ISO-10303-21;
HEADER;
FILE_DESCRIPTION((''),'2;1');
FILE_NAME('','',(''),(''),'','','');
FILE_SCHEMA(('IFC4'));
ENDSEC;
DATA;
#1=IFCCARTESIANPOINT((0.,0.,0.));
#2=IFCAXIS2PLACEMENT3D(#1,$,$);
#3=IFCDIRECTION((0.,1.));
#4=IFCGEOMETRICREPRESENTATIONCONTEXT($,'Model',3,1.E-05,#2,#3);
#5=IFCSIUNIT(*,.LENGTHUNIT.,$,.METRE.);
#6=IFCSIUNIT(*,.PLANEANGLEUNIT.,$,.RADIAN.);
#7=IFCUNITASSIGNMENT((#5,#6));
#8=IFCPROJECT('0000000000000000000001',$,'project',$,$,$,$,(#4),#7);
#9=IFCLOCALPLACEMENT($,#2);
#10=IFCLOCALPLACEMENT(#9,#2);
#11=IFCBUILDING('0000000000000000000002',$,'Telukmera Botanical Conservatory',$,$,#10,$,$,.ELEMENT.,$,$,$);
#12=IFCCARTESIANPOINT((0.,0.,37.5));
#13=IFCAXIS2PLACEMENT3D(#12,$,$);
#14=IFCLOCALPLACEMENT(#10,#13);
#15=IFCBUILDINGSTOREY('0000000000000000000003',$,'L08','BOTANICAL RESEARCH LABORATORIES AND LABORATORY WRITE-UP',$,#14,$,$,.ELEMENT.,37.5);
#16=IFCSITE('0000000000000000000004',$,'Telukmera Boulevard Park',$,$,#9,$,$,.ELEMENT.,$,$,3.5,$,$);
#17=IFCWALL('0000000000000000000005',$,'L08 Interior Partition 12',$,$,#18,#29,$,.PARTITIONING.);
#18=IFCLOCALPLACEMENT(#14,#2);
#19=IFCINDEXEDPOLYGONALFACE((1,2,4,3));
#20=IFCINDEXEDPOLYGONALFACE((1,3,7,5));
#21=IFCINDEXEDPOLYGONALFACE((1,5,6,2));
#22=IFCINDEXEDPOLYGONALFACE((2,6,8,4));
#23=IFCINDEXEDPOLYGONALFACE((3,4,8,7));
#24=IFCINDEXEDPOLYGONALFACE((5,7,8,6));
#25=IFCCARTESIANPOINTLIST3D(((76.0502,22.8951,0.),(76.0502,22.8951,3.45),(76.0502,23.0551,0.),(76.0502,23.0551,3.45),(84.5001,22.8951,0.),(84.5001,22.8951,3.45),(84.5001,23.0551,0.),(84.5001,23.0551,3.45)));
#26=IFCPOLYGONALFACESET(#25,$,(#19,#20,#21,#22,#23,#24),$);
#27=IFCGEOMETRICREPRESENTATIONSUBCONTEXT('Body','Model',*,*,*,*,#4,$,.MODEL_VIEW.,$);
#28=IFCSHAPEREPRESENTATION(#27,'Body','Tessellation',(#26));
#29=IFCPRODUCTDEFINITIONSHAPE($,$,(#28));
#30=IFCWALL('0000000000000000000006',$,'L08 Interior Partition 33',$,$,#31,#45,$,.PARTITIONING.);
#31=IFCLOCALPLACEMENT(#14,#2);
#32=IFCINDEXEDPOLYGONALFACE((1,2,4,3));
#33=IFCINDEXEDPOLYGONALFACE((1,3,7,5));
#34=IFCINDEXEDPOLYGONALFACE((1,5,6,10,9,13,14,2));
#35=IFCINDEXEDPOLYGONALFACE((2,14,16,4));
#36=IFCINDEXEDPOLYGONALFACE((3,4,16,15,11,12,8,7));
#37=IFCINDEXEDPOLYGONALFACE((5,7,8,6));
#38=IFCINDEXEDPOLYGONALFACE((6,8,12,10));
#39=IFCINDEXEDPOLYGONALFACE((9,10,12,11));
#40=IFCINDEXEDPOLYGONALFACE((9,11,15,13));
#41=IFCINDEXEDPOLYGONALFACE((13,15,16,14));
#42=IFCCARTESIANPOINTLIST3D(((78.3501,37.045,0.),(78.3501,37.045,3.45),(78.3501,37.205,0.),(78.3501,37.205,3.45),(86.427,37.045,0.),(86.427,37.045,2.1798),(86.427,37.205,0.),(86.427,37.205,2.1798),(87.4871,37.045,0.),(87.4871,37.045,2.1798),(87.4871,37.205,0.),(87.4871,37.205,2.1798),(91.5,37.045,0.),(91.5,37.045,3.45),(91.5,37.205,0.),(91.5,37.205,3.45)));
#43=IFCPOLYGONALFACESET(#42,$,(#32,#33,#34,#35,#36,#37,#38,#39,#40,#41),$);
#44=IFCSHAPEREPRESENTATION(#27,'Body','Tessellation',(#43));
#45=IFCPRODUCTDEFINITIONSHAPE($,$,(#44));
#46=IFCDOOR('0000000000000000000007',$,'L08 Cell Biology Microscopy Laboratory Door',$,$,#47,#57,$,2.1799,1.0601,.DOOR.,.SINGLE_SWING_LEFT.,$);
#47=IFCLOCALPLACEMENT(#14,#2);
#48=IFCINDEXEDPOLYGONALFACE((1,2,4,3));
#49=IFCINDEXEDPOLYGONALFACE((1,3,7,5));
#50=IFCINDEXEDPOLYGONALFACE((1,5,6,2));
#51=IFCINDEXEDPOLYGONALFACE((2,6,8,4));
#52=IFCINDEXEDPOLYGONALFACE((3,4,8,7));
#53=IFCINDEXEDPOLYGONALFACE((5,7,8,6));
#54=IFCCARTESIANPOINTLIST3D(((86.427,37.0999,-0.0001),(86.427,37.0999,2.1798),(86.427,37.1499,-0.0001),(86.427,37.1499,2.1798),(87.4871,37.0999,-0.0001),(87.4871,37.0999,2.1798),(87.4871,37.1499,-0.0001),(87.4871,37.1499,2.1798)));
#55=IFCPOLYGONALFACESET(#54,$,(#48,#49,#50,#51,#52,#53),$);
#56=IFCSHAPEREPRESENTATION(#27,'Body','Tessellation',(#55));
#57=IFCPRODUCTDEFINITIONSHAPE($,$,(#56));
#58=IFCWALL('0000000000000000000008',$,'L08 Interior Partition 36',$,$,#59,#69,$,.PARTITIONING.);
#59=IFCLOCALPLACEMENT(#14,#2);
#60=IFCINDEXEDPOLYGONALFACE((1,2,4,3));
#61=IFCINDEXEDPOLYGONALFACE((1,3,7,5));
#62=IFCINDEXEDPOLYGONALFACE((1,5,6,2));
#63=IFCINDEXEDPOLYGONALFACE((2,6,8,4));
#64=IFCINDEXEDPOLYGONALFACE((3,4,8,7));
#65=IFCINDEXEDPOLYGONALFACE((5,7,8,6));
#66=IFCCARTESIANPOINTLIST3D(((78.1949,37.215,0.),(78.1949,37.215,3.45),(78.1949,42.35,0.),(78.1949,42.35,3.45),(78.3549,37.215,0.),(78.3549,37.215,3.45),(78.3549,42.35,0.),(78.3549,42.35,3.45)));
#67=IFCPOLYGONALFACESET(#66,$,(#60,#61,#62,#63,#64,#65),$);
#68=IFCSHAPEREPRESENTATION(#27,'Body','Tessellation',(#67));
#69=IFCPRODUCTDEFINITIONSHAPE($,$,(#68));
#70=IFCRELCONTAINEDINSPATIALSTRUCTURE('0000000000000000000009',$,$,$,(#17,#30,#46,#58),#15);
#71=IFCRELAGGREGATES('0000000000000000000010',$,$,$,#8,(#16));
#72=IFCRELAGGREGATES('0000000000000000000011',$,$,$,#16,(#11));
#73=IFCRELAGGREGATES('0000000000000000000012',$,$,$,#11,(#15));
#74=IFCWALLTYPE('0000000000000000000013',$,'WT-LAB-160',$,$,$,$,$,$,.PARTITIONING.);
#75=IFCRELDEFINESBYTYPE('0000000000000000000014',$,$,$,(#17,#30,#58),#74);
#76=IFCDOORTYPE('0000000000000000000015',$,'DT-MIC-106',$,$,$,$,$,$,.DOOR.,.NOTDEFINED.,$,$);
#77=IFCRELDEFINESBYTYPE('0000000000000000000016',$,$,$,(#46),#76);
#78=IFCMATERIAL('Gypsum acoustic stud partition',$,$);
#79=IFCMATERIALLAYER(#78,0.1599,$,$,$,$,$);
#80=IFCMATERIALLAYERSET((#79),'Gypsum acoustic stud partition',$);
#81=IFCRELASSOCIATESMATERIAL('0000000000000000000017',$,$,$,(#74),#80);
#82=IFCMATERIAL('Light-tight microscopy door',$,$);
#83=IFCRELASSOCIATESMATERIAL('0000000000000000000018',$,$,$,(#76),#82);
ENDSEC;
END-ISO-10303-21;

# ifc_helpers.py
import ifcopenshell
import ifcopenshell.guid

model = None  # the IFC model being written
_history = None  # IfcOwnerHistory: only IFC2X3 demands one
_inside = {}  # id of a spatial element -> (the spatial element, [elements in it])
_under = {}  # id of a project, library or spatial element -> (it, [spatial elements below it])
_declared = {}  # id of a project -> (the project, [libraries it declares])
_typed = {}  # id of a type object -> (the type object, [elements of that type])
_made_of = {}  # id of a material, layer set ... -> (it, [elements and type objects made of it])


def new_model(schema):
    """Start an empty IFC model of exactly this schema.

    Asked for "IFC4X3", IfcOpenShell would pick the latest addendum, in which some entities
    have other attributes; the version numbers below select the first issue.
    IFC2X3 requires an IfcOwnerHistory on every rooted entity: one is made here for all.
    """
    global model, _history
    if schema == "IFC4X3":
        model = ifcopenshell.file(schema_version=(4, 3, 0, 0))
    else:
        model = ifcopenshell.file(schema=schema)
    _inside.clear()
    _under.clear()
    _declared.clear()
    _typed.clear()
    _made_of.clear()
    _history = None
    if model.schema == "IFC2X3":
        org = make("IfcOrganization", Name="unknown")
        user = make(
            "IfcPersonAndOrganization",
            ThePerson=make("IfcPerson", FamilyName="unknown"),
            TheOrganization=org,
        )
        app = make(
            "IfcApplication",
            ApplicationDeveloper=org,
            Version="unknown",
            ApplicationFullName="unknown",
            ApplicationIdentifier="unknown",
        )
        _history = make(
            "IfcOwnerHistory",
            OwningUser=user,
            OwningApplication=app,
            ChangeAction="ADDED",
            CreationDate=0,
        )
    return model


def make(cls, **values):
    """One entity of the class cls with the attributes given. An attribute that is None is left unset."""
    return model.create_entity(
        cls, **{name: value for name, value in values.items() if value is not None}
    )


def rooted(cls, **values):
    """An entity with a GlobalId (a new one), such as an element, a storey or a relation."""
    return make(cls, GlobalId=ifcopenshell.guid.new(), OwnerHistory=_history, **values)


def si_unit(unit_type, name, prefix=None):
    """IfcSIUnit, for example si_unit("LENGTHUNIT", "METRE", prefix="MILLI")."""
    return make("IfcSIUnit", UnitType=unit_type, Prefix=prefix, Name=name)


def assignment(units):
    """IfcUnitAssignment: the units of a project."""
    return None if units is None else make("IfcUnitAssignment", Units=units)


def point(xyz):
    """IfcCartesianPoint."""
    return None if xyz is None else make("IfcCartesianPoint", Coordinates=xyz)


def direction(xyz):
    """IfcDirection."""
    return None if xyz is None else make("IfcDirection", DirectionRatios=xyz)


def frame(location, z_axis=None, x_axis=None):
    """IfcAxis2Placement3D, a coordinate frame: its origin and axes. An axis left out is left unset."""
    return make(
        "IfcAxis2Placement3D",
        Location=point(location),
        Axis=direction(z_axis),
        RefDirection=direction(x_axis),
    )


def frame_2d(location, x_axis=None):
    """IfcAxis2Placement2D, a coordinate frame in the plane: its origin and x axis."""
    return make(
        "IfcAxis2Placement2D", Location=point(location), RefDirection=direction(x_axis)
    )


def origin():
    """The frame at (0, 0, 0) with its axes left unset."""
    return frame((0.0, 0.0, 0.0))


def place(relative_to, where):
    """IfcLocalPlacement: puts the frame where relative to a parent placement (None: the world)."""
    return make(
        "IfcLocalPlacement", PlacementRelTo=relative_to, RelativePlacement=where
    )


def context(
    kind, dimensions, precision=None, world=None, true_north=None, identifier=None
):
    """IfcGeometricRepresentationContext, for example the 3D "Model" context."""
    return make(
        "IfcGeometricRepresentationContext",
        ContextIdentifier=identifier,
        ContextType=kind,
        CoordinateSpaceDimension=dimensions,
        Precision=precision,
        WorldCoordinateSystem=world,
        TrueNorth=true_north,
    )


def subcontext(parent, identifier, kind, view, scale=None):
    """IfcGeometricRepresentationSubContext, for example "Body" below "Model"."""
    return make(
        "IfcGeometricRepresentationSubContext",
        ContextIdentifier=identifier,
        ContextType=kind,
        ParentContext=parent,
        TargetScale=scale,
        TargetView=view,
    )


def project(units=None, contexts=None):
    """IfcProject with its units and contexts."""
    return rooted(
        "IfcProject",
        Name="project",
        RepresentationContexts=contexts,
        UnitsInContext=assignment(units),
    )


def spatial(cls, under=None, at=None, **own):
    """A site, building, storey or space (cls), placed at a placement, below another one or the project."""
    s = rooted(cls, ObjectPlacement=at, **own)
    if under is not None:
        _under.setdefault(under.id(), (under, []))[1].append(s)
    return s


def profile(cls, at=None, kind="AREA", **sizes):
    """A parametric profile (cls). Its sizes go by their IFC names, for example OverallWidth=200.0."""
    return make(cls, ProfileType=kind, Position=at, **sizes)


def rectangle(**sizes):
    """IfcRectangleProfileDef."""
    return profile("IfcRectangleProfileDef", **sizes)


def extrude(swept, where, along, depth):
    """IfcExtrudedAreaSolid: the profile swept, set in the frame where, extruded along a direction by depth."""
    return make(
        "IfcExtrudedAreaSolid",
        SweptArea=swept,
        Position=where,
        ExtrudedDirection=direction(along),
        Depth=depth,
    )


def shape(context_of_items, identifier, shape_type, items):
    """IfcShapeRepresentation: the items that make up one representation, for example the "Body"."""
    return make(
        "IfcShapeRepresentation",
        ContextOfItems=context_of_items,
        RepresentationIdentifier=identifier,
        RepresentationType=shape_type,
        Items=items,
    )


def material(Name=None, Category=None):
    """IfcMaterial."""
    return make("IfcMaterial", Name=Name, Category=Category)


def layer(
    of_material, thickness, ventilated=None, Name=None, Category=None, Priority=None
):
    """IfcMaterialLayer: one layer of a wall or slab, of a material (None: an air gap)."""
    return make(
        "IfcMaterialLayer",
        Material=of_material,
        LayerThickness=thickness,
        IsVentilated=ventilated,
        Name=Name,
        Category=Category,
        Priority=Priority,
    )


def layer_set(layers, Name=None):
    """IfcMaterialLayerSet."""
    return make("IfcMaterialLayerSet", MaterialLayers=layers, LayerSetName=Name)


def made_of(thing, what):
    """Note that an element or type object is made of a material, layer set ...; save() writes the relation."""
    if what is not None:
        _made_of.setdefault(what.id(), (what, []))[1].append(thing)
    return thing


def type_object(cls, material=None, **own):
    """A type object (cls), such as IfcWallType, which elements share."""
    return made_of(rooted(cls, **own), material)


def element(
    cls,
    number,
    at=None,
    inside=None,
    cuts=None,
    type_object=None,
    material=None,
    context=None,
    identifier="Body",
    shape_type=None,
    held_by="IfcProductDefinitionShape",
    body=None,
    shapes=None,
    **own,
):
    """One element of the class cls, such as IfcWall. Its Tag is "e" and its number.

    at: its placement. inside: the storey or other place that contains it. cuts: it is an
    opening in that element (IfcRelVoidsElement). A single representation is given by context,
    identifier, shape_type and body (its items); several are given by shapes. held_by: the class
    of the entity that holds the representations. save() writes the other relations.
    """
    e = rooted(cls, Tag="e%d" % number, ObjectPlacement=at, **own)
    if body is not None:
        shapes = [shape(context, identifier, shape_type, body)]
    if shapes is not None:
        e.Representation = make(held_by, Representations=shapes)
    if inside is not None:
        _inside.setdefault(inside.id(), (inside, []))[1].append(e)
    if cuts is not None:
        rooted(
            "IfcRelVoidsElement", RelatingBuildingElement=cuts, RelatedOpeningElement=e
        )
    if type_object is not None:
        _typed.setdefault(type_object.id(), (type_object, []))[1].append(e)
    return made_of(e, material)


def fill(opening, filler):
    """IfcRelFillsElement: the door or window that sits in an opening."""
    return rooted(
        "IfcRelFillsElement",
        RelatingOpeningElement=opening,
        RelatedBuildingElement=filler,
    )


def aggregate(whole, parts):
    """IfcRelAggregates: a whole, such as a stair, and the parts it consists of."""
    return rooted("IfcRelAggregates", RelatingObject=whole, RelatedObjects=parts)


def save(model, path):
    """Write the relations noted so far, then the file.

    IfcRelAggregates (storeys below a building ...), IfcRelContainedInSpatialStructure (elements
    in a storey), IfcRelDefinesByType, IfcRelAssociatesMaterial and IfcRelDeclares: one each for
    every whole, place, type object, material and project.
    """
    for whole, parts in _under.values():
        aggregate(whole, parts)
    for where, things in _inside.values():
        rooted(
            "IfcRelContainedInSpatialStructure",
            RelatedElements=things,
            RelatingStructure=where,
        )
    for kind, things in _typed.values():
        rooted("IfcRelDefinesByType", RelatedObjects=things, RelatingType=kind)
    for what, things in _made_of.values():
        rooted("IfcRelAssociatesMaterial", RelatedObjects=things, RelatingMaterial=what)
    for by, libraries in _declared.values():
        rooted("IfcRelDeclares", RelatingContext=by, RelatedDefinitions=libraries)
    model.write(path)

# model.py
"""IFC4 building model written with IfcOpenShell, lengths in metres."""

from ifc_helpers import new_model, si_unit, direction, frame, frame_2d, origin, place, context, subcontext, project, spatial, rectangle, extrude, material, layer, layer_set, type_object, element, fill, save


model = new_model("IFC4")

# Units and contexts
model_context = context("Model", 3, precision=1e-05, world=origin(), true_north=direction((0.0, 1.0)))
body_context = subcontext(model_context, "Body", "Model", "MODEL_VIEW")
ifc_project = project(units=[si_unit("LENGTHUNIT", "METRE"), si_unit("PLANEANGLEUNIT", "RADIAN")], contexts=[model_context])

# Site, building, storey
site_placement = place(None, origin())
site = spatial("IfcSite", under=ifc_project, at=site_placement, Name="Telukmera Boulevard Park", CompositionType="ELEMENT", RefElevation=3.5)
building_placement = place(site_placement, origin())
building = spatial("IfcBuilding", under=site, at=building_placement, Name="Telukmera Botanical Conservatory", CompositionType="ELEMENT")
storey_placement = place(building_placement, frame((0.0, 0.0, 37.5)))
storey = spatial("IfcBuildingStorey", under=building, at=storey_placement, Name="L08", Description="BOTANICAL RESEARCH LABORATORIES AND LABORATORY WRITE-UP", CompositionType="ELEMENT", Elevation=37.5)

# Shared definitions
ifc_material_1 = material(Name="Gypsum acoustic stud partition")
ifc_layer_1 = layer(ifc_material_1, 0.1599)
ifc_layer_set_1 = layer_set([ifc_layer_1], Name="Gypsum acoustic stud partition")
wall_type_1 = type_object("IfcWallType", Name="WT-LAB-160", PredefinedType="PARTITIONING", material=ifc_layer_set_1)

# Wall
wall_1_placement = place(storey_placement, frame((76.05, 22.9751, 0.0), z_axis=(0.0, 0.0, 1.0), x_axis=(1.0, 0.0, 0.0)))
element("IfcWall", 1, at=wall_1_placement, inside=storey, type_object=wall_type_1, Name="L08 Interior Partition 12", PredefinedType="PARTITIONING", context=body_context, shape_type="SweptSolid", body=[
    extrude(rectangle(XDim=8.45, YDim=0.1599, at=frame_2d((4.2251, 0.0))), origin(), (0.0, 0.0, 1.0), 3.45),
])

# Wall, opening, door
wall_2_placement = place(storey_placement, frame((78.3501, 37.125, 0.0), z_axis=(0.0, 0.0, 1.0), x_axis=(1.0, 0.0, 0.0)))
wall_2 = element("IfcWall", 2, at=wall_2_placement, inside=storey, type_object=wall_type_1, Name="L08 Interior Partition 33", PredefinedType="PARTITIONING", context=body_context, shape_type="SweptSolid", body=[
    extrude(rectangle(XDim=13.1499, YDim=0.1599, at=frame_2d((6.575, 0.0))), origin(), (0.0, 0.0, 1.0), 3.45),
])
opening_1_placement = place(wall_2_placement, frame((8.0769, 0.0, 0.0)))
opening_1 = element("IfcOpeningElement", 3, at=opening_1_placement, cuts=wall_2, PredefinedType="OPENING", context=body_context, shape_type="SweptSolid", body=[
    extrude(rectangle(XDim=1.0601, YDim=2.1799, at=frame_2d((0.53, 1.0898))), frame((0.0, 0.0898, 0.0), z_axis=(0.0, -1.0, 0.0), x_axis=(1.0, 0.0, 0.0)), (0.0, 0.0, 1.0), 0.1799),
])
ifc_material_2 = material(Name="Light-tight microscopy door")
door_type_1 = type_object("IfcDoorType", Name="DT-MIC-106", OperationType="NOTDEFINED", PredefinedType="DOOR", material=ifc_material_2)
door_1_placement = place(opening_1_placement, origin())
door_1 = element("IfcDoor", 4, at=door_1_placement, inside=storey, type_object=door_type_1, Name="L08 Cell Biology Microscopy Laboratory Door", OperationType="SINGLE_SWING_LEFT", OverallHeight=2.1799, OverallWidth=1.0601, PredefinedType="DOOR", context=body_context, shape_type="SweptSolid", body=[
    extrude(rectangle(XDim=1.0601, YDim=2.1799, at=frame_2d((0.53, 1.0898))), frame((0.0, 0.0249, 0.0), z_axis=(0.0, -1.0, 0.0), x_axis=(1.0, 0.0, 0.0)), (0.0, 0.0, 1.0), 0.05),
])
fill(opening_1, door_1)

# Wall
wall_3_placement = place(storey_placement, frame((78.2749, 37.2151, 0.0), z_axis=(0.0, 0.0, 1.0), x_axis=(0.0, 1.0, 0.0)))
element("IfcWall", 5, at=wall_3_placement, inside=storey, type_object=wall_type_1, Name="L08 Interior Partition 36", PredefinedType="PARTITIONING", context=body_context, shape_type="SweptSolid", body=[
    extrude(rectangle(XDim=5.135, YDim=0.1599, at=frame_2d((2.5674, 0.0))), origin(), (0.0, 0.0, 1.0), 3.45),
])

save(model, "model.ifc")
